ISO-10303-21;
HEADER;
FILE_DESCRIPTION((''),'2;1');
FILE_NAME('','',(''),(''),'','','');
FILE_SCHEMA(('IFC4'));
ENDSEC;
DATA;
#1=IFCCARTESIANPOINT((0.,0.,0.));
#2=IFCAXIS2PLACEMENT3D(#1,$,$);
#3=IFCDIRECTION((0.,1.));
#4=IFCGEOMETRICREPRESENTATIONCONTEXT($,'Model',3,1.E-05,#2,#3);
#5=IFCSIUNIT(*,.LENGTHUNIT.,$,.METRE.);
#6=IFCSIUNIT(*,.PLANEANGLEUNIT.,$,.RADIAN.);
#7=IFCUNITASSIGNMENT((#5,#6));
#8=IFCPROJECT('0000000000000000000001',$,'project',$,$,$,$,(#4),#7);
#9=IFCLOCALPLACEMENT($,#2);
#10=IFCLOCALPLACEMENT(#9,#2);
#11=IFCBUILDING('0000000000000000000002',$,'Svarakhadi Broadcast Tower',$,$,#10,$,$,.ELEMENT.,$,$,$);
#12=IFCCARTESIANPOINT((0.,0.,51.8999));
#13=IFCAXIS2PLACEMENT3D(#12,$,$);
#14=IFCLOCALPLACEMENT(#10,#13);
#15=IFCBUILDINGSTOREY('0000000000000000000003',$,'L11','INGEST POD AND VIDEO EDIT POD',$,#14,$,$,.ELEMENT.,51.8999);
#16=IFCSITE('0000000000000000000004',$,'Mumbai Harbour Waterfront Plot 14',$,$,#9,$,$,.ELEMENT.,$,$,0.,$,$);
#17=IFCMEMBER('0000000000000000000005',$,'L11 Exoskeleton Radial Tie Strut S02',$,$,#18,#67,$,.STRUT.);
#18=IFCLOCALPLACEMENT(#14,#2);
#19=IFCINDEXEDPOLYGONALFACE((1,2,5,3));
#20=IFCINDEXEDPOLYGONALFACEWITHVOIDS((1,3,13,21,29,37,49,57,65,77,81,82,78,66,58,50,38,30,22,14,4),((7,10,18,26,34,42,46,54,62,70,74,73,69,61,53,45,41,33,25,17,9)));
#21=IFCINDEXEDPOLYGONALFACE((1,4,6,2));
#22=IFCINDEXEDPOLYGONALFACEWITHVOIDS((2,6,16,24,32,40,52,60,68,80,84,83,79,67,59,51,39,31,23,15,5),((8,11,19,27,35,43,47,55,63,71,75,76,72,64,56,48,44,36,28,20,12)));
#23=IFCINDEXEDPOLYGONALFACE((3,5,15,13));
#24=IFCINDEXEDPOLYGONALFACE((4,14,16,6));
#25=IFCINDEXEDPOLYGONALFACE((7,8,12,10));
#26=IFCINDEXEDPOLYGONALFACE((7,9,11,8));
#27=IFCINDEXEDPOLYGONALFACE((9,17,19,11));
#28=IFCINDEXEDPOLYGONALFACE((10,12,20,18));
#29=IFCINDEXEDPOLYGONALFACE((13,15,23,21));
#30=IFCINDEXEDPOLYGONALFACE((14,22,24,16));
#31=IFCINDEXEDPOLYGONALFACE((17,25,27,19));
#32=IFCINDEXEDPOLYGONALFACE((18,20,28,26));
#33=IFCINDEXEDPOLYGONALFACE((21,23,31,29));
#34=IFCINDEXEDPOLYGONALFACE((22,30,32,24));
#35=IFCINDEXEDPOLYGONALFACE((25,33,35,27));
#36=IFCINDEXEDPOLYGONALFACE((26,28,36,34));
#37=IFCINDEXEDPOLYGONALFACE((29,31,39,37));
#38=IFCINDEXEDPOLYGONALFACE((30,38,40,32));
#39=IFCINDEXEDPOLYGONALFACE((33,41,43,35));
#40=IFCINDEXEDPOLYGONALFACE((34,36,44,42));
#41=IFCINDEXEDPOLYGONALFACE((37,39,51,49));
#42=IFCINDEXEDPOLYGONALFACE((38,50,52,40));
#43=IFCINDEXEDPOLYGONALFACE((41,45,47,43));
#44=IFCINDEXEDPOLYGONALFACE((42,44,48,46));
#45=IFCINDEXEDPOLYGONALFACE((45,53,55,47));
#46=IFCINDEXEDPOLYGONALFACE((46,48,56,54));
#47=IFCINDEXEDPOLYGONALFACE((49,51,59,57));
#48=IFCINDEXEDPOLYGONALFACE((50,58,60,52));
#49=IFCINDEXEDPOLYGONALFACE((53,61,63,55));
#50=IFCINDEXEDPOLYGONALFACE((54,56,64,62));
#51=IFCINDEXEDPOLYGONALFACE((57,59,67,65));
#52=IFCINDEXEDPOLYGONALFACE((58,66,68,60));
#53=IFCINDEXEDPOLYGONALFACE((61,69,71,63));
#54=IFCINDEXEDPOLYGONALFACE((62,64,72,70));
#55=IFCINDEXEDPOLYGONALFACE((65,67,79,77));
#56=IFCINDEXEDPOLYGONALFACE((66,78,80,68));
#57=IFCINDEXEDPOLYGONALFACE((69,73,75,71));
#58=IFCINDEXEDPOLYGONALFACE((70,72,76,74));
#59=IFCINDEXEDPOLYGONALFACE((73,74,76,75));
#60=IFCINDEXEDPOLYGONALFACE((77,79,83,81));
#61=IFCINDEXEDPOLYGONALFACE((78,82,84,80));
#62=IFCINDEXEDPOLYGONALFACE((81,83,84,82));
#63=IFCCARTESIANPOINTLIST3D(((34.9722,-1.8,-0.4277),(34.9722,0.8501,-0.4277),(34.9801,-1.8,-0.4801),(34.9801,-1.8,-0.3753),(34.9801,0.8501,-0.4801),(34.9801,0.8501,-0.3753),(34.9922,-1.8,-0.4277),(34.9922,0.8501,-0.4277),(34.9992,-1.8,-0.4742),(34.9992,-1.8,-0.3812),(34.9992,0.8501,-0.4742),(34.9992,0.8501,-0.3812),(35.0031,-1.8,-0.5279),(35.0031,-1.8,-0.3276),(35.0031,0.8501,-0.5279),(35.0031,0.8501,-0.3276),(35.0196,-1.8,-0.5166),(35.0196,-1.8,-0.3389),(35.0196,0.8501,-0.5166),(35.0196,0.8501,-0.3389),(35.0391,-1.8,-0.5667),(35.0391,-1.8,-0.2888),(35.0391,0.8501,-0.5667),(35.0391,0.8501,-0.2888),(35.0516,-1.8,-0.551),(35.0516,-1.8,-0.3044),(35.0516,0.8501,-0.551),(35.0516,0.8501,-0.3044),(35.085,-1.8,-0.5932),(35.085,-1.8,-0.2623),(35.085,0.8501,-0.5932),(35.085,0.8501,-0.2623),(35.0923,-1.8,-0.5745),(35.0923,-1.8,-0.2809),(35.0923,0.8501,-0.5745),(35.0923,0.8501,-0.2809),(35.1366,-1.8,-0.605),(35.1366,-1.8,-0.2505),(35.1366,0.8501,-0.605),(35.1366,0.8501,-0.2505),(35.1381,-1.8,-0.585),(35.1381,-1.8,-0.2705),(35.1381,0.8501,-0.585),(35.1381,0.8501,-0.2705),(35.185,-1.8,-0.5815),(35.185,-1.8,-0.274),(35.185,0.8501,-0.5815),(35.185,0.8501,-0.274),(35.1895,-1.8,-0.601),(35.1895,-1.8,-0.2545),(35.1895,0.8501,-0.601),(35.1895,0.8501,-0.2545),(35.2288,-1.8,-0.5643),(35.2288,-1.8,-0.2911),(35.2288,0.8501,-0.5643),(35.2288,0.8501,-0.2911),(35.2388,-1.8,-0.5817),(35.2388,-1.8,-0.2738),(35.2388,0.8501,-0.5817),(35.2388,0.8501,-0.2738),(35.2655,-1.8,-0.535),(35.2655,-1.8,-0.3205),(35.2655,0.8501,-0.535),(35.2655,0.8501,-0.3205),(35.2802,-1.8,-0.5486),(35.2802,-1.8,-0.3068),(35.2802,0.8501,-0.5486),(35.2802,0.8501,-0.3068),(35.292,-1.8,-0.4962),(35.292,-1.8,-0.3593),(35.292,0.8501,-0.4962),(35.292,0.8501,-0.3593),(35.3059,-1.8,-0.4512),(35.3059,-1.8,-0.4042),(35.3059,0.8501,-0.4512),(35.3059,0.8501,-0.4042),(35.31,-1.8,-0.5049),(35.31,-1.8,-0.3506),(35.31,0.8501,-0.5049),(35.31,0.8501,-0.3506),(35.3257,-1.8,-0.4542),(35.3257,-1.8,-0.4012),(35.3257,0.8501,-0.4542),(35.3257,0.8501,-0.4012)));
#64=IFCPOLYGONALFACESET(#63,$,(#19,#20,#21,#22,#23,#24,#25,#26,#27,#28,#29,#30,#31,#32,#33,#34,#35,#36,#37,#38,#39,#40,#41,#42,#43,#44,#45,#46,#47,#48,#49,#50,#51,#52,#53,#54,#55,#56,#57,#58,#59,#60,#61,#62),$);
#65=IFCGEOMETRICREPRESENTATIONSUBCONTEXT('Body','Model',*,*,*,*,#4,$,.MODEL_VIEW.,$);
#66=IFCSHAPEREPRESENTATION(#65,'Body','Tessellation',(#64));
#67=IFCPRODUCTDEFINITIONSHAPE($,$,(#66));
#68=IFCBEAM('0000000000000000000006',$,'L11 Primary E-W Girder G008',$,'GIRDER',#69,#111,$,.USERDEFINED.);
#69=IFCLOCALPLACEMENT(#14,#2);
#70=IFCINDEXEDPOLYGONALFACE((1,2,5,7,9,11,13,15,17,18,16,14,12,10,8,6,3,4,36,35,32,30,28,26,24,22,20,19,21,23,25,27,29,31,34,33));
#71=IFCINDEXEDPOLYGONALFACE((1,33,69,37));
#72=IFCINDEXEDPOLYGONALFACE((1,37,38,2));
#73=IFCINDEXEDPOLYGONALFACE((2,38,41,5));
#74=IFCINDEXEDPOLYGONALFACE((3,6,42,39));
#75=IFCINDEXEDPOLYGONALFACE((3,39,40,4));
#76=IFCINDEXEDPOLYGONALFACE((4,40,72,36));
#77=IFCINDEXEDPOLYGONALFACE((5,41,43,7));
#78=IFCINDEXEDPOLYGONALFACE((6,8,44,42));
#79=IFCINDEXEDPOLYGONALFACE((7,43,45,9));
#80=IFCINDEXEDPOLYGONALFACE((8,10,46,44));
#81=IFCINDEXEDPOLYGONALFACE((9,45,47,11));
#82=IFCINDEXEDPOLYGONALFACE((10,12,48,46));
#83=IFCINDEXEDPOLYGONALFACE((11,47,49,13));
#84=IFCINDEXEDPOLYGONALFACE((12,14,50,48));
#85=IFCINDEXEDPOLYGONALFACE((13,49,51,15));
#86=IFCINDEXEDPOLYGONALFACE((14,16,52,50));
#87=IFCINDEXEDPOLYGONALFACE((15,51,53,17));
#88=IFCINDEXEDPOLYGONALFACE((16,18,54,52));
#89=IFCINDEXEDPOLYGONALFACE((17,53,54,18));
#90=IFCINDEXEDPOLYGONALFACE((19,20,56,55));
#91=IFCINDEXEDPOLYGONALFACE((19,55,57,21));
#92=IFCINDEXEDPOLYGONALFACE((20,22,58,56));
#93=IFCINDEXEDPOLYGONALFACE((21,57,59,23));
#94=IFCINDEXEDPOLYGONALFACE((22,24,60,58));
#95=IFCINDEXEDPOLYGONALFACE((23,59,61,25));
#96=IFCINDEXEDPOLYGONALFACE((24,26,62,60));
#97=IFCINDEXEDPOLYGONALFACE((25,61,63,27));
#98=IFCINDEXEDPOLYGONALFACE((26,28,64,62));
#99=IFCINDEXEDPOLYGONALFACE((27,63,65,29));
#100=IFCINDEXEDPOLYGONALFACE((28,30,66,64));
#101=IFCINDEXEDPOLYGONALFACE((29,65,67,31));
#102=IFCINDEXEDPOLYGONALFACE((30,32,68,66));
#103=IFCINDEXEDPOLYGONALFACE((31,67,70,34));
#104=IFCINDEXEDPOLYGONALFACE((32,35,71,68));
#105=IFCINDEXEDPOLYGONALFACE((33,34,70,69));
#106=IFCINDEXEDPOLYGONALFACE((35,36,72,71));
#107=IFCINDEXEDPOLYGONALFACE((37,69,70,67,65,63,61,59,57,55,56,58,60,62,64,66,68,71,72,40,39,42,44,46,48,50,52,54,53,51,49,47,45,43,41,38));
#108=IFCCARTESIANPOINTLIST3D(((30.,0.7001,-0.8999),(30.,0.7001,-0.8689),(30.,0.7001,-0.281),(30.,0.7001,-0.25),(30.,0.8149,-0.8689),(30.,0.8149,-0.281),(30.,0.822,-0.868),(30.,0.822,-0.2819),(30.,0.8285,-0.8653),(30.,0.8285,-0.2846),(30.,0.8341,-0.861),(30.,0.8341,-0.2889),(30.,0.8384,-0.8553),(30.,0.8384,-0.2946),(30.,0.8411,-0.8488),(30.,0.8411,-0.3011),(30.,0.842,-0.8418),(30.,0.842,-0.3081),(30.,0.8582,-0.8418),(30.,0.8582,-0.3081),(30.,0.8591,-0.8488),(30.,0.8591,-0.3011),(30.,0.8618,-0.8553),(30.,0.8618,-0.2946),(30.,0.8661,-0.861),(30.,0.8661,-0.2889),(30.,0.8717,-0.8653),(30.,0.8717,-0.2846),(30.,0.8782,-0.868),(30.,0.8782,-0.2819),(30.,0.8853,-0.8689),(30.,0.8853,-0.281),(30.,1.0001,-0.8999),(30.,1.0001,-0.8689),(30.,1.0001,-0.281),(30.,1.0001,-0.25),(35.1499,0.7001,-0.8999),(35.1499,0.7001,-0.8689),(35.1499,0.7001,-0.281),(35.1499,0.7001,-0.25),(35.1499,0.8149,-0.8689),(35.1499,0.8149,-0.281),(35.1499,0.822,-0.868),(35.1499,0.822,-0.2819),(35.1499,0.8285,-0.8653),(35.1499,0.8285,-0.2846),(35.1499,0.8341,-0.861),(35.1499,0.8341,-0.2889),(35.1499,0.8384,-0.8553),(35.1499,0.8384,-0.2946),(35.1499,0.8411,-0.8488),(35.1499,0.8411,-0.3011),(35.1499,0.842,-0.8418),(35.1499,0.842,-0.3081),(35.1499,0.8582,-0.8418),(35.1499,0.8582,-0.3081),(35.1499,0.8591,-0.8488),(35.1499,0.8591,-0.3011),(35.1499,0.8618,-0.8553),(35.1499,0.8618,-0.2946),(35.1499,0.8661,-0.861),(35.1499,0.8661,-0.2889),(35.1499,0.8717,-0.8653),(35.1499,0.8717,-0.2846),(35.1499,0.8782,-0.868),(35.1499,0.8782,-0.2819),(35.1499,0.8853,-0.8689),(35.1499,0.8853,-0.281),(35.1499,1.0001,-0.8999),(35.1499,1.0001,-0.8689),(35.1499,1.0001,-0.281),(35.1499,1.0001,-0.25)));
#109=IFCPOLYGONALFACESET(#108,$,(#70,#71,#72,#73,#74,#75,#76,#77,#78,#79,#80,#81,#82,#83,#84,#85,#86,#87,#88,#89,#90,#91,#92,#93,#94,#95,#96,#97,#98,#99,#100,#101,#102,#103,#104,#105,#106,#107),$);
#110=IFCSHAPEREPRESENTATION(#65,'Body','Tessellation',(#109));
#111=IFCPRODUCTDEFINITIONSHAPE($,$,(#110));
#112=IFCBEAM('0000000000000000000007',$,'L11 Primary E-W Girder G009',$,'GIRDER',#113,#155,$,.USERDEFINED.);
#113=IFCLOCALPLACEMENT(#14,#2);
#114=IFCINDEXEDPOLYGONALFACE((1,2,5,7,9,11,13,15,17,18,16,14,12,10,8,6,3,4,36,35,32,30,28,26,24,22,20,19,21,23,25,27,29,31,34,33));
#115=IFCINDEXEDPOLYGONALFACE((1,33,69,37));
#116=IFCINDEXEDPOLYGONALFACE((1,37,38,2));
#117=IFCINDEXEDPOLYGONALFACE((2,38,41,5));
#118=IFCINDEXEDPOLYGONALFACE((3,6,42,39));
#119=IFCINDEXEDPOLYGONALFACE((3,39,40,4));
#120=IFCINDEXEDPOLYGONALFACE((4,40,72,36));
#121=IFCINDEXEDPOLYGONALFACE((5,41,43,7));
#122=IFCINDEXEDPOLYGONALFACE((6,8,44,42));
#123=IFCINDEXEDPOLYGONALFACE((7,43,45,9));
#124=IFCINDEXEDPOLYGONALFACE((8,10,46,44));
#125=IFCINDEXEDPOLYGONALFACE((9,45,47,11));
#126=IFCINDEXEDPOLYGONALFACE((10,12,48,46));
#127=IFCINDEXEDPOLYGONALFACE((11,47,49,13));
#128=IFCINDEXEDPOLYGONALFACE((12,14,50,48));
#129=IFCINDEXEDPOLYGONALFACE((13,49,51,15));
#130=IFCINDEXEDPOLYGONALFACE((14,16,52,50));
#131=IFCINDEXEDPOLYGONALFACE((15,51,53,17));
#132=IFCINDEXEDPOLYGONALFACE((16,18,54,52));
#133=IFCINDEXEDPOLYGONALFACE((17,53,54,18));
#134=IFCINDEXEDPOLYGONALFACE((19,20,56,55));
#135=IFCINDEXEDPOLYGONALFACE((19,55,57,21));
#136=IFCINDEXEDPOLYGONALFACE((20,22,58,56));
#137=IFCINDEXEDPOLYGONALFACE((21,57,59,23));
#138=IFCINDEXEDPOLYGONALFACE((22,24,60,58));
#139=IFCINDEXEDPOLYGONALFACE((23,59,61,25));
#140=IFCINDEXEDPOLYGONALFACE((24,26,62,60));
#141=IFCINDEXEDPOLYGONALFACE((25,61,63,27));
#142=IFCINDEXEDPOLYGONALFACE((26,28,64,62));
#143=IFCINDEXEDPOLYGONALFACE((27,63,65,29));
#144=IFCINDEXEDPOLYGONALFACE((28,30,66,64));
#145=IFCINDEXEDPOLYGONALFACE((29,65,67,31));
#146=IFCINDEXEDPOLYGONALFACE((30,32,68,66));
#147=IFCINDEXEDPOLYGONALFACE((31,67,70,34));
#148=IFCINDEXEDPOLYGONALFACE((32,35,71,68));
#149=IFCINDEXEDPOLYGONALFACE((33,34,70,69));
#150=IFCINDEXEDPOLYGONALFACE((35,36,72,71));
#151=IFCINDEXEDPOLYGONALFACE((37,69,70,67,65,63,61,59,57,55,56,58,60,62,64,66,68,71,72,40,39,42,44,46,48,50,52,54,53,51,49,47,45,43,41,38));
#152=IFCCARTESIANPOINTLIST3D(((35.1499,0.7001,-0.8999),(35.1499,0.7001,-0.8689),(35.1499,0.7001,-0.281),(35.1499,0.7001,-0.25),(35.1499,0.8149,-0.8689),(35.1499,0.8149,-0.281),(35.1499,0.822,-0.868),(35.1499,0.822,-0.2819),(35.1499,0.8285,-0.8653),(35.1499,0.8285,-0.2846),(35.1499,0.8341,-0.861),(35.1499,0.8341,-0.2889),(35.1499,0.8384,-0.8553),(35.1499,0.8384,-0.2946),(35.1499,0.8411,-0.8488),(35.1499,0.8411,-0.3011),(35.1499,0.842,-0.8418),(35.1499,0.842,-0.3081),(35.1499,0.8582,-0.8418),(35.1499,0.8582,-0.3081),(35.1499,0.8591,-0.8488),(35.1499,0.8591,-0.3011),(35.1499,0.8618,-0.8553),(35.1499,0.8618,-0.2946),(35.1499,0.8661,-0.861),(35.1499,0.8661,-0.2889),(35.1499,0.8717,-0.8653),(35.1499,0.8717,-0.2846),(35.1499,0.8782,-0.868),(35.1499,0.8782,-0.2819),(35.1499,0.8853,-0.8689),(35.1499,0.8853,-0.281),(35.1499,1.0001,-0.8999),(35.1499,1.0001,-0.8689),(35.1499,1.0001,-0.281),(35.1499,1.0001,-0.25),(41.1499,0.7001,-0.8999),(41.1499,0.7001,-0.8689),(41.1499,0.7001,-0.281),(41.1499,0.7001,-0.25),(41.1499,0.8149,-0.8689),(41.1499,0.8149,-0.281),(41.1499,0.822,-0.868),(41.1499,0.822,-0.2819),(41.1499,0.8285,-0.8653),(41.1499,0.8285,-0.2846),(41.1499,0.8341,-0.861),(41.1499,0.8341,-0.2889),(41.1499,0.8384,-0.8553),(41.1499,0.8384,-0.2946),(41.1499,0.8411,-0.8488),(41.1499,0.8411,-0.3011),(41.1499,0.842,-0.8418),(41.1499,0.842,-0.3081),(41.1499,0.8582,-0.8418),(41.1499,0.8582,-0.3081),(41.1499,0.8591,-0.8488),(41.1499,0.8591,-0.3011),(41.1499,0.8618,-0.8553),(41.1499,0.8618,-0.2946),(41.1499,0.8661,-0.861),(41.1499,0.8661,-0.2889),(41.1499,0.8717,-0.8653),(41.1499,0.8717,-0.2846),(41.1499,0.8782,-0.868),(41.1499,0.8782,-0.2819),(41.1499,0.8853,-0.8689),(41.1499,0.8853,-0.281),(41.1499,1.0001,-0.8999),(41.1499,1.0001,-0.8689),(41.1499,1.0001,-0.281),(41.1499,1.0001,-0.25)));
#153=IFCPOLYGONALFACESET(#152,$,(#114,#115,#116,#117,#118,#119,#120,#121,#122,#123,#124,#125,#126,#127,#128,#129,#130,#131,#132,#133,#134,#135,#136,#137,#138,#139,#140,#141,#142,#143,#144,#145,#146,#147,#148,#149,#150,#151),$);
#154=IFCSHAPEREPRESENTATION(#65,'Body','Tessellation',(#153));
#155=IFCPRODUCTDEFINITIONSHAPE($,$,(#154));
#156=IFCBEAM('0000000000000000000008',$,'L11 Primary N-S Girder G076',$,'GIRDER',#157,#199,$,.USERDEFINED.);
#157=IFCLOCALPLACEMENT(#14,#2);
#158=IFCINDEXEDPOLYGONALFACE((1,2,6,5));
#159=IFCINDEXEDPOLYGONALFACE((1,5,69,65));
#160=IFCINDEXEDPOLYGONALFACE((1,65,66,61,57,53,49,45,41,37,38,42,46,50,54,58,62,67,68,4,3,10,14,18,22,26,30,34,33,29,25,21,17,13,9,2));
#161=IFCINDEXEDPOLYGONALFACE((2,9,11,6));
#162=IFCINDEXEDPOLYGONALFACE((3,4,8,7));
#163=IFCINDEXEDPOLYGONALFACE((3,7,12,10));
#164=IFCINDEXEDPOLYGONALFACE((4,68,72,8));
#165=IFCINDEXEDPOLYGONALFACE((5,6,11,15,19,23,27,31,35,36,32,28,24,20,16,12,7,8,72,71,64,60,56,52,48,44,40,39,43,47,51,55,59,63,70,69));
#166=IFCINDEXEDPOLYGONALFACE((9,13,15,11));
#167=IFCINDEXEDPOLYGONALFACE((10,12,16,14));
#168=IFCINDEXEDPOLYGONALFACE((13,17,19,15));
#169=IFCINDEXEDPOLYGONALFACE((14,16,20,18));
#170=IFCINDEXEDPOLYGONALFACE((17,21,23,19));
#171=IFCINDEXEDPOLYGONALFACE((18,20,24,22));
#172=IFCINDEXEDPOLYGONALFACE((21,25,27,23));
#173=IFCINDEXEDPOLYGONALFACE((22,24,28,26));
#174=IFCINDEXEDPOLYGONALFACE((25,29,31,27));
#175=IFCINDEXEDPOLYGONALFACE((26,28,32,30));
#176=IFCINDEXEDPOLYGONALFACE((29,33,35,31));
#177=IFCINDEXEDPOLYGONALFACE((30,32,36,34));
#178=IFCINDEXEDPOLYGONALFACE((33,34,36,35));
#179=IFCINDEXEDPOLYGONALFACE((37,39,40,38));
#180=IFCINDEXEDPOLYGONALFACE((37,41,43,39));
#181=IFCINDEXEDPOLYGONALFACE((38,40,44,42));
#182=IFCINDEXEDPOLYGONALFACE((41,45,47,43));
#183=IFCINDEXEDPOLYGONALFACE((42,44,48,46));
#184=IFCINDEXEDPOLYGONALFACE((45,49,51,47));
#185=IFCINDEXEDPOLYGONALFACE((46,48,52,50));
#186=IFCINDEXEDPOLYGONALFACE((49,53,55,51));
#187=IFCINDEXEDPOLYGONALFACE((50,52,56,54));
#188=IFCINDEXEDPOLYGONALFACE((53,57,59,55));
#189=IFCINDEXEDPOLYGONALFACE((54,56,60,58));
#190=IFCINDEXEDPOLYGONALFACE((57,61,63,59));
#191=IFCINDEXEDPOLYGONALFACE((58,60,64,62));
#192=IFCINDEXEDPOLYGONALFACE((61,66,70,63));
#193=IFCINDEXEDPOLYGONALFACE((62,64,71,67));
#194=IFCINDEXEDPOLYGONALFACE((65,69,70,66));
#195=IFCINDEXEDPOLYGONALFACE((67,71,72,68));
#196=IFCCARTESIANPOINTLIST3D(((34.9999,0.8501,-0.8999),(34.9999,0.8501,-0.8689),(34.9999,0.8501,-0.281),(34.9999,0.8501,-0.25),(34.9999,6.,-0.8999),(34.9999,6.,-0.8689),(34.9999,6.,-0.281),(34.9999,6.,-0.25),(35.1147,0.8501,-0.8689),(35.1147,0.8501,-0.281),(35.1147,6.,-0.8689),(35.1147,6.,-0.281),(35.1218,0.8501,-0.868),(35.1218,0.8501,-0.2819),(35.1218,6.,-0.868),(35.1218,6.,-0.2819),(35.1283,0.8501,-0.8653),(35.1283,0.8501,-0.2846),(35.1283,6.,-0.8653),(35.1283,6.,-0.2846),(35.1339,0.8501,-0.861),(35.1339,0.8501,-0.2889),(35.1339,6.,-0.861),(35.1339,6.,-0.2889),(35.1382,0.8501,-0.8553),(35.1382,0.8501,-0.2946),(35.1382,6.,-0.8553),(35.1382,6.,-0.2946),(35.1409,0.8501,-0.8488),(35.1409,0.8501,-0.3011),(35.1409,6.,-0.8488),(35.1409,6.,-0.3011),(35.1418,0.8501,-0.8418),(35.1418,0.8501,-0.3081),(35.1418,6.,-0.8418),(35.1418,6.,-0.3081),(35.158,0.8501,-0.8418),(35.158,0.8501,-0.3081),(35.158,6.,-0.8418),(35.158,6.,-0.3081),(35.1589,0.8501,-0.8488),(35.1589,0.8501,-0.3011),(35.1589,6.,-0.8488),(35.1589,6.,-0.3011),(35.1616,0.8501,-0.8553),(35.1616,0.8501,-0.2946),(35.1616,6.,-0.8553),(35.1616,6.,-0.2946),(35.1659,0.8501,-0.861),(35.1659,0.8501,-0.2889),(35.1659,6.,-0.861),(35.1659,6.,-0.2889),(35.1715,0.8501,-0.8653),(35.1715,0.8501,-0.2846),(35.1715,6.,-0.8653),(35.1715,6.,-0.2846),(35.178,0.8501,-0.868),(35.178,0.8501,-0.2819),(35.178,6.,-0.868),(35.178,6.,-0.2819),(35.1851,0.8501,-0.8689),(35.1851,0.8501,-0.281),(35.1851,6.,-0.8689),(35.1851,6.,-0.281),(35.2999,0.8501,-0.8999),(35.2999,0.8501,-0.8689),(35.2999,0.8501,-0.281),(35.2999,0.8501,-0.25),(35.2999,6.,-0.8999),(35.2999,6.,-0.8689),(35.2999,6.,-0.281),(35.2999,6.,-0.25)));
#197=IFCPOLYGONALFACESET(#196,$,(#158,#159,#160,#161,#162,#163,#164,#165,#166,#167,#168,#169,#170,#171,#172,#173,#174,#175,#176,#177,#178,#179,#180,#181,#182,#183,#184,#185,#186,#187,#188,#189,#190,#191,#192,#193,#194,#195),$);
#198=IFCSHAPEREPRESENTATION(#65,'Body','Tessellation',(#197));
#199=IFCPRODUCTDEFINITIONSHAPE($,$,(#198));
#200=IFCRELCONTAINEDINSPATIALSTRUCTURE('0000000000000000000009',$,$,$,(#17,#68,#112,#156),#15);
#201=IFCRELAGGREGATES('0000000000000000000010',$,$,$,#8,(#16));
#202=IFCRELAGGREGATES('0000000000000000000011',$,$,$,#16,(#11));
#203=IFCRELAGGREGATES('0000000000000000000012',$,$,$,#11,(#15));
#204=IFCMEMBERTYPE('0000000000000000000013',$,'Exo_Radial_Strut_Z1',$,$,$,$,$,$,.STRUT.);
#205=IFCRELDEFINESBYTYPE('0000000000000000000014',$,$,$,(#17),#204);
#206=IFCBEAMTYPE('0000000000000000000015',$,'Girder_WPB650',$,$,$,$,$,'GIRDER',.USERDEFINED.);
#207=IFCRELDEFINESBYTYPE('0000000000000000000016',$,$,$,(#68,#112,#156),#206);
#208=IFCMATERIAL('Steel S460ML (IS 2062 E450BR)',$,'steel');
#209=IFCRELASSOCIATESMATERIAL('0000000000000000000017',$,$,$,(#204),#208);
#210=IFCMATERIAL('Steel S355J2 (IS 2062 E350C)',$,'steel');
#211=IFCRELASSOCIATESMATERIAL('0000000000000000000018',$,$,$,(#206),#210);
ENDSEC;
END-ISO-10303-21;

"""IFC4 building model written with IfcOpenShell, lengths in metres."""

from ifc_helpers import new_model, si_unit, direction, frame, origin, origin_2d, place, context, subcontext, project, spatial, hollow_circle, i_section, extrude, material, material_profile, profile_set, type_object, element, save


model = new_model("IFC4")

# Units and contexts
model_context = context("Model", 3, precision=1e-05, world=origin(), true_north=direction((0.0, 1.0)))
body_context = subcontext(model_context, "Body", "Model", "MODEL_VIEW")
ifc_project = project(units=[si_unit("LENGTHUNIT", "METRE"), si_unit("PLANEANGLEUNIT", "RADIAN")], contexts=[model_context])

# Site, building, storey
site_placement = place(None, origin())
site = spatial("IfcSite", under=ifc_project, at=site_placement, Name="Mumbai Harbour Waterfront Plot 14", CompositionType="ELEMENT", RefElevation=0.0)
building_placement = place(site_placement, origin())
building = spatial("IfcBuilding", under=site, at=building_placement, Name="Svarakhadi Broadcast Tower", CompositionType="ELEMENT")
storey_placement = place(building_placement, frame((0.0, 0.0, 51.8999)))
storey = spatial("IfcBuildingStorey", under=building, at=storey_placement, Name="L11", Description="INGEST POD AND VIDEO EDIT POD", CompositionType="ELEMENT", Elevation=51.8999)

# Shared definitions
ifc_material_1 = material(Name="Steel S460ML (IS 2062 E450BR)", Category="steel")

# Member
ifc_material_profile_1 = material_profile(ifc_material_1, hollow_circle(Radius=0.1777, WallThickness=0.02, at=origin_2d()), Name="CHS 355.6x20")
ifc_profile_set_1 = profile_set([ifc_material_profile_1], Name="Steel S460ML (IS 2062 E450BR)")
member_type_1 = type_object("IfcMemberType", Name="Exo_Radial_Strut_Z1", PredefinedType="STRUT", material=ifc_profile_set_1)
member_1_placement = place(storey_placement, frame((35.1499, -1.8, -0.4277), z_axis=(0.0, 1.0, 0.0), x_axis=(-1.0, 0.0, 0.0)))
element("IfcMember", 1, at=member_1_placement, inside=storey, type_object=member_type_1, Name="L11 Exoskeleton Radial Tie Strut S02", PredefinedType="STRUT", context=body_context, shape_type="SweptSolid", body=[
    extrude(hollow_circle(Radius=0.1777, WallThickness=0.02, at=origin_2d()), origin(), (0.0, 0.0, 1.0), 2.6501),
])

# Beams
ifc_material_2 = material(Name="Steel S355J2 (IS 2062 E350C)", Category="steel")
ifc_material_profile_2 = material_profile(ifc_material_2, i_section(OverallWidth=0.3, OverallDepth=0.6499, WebThickness=0.0161, FlangeThickness=0.031, FilletRadius=0.0271, at=origin_2d()), Name="WPB 650x300x225")
ifc_profile_set_2 = profile_set([ifc_material_profile_2], Name="Steel S355J2 (IS 2062 E350C)")
beam_type_1 = type_object("IfcBeamType", Name="Girder_WPB650", ElementType="GIRDER", PredefinedType="USERDEFINED", material=ifc_profile_set_2)
beam_1_placement = place(storey_placement, frame((30.0, 0.8501, -0.575), z_axis=(1.0, 0.0, 0.0), x_axis=(0.0, 1.0, 0.0)))
element("IfcBeam", 2, at=beam_1_placement, inside=storey, type_object=beam_type_1, Name="L11 Primary E-W Girder G008", ObjectType="GIRDER", PredefinedType="USERDEFINED", context=body_context, shape_type="SweptSolid", body=[
    extrude(i_section(OverallWidth=0.3, OverallDepth=0.6499, WebThickness=0.0161, FlangeThickness=0.031, FilletRadius=0.0271, at=origin_2d()), origin(), (0.0, 0.0, 1.0), 5.1499),
])
beam_2_placement = place(storey_placement, frame((35.1499, 0.8501, -0.575), z_axis=(1.0, 0.0, 0.0), x_axis=(0.0, 1.0, 0.0)))
element("IfcBeam", 3, at=beam_2_placement, inside=storey, type_object=beam_type_1, Name="L11 Primary E-W Girder G009", ObjectType="GIRDER", PredefinedType="USERDEFINED", context=body_context, shape_type="SweptSolid", body=[
    extrude(i_section(OverallWidth=0.3, OverallDepth=0.6499, WebThickness=0.0161, FlangeThickness=0.031, FilletRadius=0.0271, at=origin_2d()), origin(), (0.0, 0.0, 1.0), 6.0),
])
beam_3_placement = place(storey_placement, frame((35.1499, 0.8501, -0.575), z_axis=(0.0, 1.0, 0.0), x_axis=(-1.0, 0.0, 0.0)))
element("IfcBeam", 4, at=beam_3_placement, inside=storey, type_object=beam_type_1, Name="L11 Primary N-S Girder G076", ObjectType="GIRDER", PredefinedType="USERDEFINED", context=body_context, shape_type="SweptSolid", body=[
    extrude(i_section(OverallWidth=0.3, OverallDepth=0.6499, WebThickness=0.0161, FlangeThickness=0.031, FilletRadius=0.0271, at=origin_2d()), origin(), (0.0, 0.0, 1.0), 5.1499),
])

save(model, "model.ifc")
